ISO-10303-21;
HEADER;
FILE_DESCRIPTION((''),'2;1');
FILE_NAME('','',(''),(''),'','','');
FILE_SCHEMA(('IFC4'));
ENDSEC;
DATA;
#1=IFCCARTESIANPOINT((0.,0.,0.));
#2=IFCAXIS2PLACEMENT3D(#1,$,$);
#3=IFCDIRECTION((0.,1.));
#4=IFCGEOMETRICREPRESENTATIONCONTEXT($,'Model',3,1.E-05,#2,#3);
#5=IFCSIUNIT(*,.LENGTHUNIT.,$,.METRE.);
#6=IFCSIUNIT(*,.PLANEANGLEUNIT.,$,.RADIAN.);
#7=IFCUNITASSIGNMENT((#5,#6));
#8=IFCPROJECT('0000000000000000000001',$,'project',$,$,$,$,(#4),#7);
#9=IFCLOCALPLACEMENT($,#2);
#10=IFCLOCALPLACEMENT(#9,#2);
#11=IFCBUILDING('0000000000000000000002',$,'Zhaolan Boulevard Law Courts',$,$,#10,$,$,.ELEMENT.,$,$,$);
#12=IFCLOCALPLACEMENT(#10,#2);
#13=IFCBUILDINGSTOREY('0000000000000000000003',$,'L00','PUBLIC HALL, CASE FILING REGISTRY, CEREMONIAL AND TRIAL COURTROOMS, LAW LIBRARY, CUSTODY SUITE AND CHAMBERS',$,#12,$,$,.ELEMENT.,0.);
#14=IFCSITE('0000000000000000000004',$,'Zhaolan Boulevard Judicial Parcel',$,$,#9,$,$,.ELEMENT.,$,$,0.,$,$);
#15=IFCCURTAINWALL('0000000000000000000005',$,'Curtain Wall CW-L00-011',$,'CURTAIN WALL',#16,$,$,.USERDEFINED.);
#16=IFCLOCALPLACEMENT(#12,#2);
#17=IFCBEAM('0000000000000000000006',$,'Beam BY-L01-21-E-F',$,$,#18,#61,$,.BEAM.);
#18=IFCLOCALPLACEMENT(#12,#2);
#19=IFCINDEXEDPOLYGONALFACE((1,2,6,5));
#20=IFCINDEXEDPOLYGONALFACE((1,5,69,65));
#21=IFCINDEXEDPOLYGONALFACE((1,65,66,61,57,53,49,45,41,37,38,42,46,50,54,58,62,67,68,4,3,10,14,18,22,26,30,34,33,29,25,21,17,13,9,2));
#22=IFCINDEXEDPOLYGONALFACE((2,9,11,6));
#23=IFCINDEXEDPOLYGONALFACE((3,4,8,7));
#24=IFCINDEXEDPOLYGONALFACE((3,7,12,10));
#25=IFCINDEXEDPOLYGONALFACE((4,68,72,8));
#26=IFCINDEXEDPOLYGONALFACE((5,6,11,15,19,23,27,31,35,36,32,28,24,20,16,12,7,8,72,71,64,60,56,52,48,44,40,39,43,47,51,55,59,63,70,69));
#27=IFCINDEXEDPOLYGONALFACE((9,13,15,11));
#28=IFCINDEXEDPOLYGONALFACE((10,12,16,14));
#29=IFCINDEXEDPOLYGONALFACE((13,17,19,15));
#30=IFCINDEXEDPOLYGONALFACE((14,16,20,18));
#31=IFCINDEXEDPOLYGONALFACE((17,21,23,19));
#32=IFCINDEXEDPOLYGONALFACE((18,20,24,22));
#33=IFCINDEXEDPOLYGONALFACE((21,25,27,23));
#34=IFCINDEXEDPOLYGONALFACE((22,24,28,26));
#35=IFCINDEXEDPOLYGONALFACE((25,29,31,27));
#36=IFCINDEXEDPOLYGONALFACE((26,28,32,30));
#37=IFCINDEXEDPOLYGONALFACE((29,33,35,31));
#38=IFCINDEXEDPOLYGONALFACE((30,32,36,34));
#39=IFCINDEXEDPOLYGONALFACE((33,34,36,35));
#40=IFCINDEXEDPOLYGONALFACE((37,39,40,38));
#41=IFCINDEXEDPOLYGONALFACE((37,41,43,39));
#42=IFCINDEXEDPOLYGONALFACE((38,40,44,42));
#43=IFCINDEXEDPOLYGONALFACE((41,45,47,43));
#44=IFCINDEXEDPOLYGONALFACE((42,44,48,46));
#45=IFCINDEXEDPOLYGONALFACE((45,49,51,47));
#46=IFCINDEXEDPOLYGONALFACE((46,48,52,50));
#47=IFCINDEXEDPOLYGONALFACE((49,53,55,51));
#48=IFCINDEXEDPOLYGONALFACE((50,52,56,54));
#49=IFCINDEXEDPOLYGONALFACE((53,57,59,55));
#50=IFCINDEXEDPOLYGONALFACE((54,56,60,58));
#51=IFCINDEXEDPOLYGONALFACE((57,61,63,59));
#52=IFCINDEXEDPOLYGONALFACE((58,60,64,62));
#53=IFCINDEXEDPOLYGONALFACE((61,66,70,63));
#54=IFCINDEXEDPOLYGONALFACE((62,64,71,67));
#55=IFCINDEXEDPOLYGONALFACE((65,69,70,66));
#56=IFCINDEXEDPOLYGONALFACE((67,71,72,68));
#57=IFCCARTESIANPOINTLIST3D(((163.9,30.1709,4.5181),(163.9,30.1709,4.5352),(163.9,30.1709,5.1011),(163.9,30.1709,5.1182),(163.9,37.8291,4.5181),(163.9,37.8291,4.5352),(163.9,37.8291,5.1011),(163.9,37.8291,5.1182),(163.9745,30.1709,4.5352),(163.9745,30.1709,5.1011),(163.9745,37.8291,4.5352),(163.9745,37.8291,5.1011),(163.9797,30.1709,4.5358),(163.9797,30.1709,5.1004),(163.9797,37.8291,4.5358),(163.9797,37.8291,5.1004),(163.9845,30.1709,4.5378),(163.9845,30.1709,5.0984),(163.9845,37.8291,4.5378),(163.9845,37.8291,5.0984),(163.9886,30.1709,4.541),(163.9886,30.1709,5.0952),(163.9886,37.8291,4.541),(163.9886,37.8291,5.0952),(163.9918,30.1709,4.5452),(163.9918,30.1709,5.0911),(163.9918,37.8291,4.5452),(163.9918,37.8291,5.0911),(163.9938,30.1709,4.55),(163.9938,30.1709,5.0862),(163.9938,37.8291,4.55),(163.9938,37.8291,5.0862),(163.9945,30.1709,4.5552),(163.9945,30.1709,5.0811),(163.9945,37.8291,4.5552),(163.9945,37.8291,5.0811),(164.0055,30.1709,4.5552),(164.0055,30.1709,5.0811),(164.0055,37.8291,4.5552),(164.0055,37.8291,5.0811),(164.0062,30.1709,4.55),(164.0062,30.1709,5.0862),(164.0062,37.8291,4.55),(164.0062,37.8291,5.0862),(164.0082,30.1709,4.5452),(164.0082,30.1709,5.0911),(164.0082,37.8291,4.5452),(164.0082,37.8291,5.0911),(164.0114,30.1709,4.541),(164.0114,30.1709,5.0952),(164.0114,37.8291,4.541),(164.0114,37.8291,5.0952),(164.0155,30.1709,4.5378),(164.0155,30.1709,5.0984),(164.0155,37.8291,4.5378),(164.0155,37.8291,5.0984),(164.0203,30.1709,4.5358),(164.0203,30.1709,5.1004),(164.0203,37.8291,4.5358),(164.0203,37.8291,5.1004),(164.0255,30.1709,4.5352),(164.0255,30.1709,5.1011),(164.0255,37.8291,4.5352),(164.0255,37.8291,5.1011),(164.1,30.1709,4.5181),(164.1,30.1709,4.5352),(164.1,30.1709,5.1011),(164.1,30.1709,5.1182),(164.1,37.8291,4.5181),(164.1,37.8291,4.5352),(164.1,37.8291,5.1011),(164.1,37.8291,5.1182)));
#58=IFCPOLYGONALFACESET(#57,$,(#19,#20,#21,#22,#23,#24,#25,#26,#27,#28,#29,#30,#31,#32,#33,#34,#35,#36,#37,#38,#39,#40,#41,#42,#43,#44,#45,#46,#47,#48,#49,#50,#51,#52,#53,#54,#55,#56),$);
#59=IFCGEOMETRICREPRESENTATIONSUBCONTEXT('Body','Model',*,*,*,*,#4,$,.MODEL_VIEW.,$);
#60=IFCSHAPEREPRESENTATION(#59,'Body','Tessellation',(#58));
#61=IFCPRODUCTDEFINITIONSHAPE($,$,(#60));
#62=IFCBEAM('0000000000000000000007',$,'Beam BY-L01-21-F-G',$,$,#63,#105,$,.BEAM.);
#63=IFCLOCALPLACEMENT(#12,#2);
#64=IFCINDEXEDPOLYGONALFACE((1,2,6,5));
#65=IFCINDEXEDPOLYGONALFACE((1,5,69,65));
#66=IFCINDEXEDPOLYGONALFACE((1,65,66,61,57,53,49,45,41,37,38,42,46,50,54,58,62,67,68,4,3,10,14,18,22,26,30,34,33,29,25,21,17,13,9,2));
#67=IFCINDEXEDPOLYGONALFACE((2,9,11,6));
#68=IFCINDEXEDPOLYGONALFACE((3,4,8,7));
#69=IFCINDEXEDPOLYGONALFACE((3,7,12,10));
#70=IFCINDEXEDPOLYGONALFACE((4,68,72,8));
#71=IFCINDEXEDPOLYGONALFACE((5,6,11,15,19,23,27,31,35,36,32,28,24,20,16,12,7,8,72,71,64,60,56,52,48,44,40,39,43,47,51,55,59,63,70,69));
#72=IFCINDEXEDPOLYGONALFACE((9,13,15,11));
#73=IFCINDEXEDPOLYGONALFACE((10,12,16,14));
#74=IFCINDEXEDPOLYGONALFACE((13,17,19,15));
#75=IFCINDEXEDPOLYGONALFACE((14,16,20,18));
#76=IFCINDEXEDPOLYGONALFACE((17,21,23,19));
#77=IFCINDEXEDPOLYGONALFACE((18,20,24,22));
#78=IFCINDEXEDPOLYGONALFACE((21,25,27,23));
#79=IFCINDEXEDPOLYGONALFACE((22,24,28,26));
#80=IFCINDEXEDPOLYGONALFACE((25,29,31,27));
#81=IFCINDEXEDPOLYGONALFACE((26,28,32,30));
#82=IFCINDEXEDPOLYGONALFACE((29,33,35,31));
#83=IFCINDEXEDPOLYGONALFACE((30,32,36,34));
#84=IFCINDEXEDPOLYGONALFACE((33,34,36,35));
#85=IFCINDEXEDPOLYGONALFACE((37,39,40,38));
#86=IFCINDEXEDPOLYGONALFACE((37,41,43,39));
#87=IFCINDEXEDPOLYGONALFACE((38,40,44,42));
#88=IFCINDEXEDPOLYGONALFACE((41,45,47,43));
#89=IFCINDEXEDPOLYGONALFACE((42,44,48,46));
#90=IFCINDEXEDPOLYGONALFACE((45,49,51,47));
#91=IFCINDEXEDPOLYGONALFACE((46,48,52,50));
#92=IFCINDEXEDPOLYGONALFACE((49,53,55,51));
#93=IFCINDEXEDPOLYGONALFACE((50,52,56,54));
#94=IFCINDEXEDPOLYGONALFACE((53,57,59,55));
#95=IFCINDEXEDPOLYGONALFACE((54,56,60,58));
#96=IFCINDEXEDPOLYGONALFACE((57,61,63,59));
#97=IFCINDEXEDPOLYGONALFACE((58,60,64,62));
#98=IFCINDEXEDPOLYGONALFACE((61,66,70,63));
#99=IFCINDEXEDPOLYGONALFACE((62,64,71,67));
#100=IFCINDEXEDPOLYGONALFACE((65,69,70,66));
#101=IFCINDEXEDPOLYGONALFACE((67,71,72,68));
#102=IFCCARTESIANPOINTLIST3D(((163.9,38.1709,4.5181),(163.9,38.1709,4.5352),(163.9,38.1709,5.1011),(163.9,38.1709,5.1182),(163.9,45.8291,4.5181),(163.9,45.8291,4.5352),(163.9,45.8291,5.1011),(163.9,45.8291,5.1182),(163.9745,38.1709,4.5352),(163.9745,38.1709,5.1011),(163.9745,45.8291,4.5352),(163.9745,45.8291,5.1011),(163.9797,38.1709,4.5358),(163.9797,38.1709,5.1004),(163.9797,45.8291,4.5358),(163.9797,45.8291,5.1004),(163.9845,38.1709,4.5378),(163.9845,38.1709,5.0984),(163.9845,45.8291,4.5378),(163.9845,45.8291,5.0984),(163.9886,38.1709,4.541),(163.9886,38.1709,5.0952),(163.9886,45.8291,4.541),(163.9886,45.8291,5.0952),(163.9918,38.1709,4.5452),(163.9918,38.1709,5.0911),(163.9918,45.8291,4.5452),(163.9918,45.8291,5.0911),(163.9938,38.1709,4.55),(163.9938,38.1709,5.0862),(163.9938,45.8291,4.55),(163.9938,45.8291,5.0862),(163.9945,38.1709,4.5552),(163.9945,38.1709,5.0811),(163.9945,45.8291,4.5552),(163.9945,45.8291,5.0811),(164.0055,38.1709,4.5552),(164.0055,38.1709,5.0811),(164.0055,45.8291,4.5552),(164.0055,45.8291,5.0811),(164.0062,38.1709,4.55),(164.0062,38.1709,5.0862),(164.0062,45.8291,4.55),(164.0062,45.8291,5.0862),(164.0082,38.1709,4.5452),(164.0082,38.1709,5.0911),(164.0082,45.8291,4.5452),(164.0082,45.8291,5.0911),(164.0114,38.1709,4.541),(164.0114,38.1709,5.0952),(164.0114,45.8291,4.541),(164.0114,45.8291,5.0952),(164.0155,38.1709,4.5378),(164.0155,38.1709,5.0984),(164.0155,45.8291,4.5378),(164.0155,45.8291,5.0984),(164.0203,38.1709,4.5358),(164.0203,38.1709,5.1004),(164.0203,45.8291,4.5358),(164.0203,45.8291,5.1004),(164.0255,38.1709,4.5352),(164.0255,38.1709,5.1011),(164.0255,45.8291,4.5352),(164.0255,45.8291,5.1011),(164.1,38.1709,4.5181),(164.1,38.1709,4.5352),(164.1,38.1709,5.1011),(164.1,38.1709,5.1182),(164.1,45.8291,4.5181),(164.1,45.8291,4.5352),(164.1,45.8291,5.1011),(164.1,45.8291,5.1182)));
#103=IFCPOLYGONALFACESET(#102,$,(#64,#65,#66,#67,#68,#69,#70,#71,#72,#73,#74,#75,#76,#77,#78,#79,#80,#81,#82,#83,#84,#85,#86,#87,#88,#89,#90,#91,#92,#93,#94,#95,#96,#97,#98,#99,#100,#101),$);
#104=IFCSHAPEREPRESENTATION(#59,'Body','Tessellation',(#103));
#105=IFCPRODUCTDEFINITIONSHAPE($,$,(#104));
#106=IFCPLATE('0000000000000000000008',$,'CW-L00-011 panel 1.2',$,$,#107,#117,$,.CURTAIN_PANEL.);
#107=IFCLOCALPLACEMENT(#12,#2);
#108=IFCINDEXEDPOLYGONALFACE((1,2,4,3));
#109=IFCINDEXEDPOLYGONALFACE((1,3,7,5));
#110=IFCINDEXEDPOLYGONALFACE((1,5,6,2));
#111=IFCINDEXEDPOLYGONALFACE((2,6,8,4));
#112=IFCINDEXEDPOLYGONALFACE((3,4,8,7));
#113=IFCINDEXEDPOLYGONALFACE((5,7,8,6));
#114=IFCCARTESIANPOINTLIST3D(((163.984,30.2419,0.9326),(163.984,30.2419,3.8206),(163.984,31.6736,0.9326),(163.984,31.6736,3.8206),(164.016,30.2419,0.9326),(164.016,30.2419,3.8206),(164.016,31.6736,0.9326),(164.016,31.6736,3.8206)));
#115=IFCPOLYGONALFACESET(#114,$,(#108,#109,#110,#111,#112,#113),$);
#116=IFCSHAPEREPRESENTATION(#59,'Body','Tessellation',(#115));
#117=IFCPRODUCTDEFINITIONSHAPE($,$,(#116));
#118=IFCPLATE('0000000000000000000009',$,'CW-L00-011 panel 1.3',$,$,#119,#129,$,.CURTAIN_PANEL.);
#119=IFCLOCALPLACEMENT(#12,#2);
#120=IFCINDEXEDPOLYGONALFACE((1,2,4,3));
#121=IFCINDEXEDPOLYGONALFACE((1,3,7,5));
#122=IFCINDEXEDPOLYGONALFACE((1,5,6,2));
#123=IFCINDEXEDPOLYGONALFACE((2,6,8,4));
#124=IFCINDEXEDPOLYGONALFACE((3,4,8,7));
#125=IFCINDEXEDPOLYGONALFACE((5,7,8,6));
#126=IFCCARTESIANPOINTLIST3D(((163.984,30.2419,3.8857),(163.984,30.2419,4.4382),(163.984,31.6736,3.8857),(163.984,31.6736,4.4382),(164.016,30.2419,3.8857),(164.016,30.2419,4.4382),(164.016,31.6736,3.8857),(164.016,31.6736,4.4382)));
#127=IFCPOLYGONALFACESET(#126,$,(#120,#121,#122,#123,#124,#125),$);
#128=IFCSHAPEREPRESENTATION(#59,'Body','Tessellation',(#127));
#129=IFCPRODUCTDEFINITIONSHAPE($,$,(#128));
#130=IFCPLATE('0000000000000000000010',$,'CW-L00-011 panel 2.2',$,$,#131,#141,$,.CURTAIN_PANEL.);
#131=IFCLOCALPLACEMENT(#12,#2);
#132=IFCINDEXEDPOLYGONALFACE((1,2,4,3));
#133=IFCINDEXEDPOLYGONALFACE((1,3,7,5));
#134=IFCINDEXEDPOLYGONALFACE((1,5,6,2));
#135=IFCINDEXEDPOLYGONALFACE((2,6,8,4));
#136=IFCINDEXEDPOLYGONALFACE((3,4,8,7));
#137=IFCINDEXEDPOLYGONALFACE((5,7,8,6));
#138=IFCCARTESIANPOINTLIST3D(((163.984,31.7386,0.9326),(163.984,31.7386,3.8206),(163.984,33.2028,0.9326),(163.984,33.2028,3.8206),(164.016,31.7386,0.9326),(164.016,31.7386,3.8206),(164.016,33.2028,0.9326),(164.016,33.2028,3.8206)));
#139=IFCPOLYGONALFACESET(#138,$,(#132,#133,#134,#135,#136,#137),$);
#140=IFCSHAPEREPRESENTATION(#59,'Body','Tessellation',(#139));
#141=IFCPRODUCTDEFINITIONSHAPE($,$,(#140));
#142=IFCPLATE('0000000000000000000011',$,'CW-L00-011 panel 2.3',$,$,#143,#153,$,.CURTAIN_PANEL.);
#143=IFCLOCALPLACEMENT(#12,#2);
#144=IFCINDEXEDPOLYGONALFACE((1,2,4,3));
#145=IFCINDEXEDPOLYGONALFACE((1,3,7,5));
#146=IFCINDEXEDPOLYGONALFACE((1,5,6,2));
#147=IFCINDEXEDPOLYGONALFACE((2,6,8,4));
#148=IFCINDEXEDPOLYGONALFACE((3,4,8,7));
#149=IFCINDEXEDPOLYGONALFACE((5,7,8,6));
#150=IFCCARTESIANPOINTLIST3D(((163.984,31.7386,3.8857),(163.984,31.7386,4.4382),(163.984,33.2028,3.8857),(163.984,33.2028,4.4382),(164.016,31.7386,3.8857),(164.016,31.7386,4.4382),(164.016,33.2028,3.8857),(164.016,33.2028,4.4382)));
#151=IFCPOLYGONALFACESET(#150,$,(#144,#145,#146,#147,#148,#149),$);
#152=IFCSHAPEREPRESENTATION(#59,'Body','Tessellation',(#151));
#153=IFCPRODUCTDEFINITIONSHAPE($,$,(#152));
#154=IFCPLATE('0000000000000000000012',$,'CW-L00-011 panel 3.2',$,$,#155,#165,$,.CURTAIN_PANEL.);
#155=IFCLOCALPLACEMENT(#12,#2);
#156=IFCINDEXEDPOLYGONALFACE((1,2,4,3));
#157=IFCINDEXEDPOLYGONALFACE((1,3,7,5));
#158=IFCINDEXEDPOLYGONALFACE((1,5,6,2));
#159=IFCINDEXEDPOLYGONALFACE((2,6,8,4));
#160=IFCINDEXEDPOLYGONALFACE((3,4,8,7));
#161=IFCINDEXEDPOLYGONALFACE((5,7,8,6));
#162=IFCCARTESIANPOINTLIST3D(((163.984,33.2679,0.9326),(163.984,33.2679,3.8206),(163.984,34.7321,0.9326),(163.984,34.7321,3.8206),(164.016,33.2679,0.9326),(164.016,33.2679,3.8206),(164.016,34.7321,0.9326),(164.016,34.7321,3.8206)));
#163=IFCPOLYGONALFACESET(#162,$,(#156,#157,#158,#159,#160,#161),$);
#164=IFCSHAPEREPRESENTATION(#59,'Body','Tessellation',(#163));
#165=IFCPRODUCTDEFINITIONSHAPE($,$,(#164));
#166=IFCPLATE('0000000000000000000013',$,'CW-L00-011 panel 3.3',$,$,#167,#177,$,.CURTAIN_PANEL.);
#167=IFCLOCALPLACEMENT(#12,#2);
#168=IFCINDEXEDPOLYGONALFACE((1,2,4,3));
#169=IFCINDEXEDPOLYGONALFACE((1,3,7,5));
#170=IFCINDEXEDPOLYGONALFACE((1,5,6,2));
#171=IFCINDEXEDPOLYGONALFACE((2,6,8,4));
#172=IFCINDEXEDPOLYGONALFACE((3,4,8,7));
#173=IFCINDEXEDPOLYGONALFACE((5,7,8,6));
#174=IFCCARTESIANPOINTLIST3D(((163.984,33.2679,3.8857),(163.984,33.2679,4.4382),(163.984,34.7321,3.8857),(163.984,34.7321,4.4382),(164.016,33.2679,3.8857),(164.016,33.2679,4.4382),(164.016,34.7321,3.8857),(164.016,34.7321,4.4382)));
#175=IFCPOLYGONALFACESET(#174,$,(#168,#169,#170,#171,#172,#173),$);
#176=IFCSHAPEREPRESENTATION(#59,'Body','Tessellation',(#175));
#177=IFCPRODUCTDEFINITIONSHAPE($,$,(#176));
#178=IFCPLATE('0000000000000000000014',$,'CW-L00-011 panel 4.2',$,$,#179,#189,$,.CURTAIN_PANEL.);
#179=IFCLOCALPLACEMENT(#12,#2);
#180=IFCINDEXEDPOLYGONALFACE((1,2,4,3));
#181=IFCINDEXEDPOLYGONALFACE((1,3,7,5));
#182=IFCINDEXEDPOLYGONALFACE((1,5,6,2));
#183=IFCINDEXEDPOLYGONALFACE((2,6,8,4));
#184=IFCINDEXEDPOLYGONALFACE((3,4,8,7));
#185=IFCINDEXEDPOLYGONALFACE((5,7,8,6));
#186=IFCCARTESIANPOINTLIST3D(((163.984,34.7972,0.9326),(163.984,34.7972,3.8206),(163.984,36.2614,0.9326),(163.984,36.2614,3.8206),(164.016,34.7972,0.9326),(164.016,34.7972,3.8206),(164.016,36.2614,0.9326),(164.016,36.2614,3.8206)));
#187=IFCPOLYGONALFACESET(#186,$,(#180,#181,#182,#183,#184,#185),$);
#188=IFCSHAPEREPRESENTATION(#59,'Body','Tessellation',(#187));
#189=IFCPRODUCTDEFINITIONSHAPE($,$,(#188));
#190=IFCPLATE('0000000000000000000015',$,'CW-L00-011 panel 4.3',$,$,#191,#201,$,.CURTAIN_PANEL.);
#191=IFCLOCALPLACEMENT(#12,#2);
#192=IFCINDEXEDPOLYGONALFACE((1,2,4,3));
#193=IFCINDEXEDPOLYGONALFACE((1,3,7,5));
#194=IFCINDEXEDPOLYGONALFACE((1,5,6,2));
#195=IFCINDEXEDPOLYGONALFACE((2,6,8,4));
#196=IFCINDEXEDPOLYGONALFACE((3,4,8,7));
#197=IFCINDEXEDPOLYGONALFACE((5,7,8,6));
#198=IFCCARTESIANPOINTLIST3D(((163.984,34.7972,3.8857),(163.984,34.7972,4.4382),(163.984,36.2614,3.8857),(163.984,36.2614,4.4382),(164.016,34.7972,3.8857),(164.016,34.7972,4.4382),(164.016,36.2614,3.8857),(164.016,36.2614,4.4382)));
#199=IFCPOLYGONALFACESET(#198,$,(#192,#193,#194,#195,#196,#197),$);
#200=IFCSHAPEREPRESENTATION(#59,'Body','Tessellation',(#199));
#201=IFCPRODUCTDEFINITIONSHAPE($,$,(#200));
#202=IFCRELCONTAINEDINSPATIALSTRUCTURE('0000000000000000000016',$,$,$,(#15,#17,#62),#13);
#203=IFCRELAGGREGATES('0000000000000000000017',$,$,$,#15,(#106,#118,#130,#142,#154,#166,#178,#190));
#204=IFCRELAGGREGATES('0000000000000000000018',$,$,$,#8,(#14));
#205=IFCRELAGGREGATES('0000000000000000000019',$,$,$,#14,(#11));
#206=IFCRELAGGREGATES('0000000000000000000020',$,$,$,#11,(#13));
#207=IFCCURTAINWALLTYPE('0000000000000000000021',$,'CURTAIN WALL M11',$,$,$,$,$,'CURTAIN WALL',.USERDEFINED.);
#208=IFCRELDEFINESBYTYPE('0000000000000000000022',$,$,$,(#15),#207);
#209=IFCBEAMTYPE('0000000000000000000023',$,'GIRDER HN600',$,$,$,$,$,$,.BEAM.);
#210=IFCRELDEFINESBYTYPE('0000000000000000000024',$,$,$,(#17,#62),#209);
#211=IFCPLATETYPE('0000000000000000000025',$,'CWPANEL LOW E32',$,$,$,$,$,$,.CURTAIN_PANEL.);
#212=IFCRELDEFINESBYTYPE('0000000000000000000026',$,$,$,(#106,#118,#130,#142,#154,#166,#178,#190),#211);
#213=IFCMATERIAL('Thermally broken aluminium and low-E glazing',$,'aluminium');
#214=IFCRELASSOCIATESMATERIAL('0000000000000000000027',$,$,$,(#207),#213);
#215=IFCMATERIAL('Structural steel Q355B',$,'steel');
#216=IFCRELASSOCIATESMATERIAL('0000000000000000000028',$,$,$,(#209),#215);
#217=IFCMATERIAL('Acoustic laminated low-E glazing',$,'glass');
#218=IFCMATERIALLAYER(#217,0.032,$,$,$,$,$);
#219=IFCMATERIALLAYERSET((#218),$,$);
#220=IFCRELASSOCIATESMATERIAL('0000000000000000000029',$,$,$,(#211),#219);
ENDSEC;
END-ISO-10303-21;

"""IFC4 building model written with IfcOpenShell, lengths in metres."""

from ifc_helpers import new_model, si_unit, direction, frame, origin, origin_2d, place, context, subcontext, project, spatial, rectangle, i_section, extrude, material, layer, layer_set, material_profile, profile_set, type_object, element, aggregate, save


model = new_model("IFC4")

# Units and contexts
model_context = context("Model", 3, precision=1e-05, world=origin(), true_north=direction((0.0, 1.0)))
body_context = subcontext(model_context, "Body", "Model", "MODEL_VIEW")
ifc_project = project(units=[si_unit("LENGTHUNIT", "METRE"), si_unit("PLANEANGLEUNIT", "RADIAN")], contexts=[model_context])

# Site, building, storey
site_placement = place(None, origin())
site = spatial("IfcSite", under=ifc_project, at=site_placement, Name="Zhaolan Boulevard Judicial Parcel", CompositionType="ELEMENT", RefElevation=0.0)
building_placement = place(site_placement, origin())
building = spatial("IfcBuilding", under=site, at=building_placement, Name="Zhaolan Boulevard Law Courts", CompositionType="ELEMENT")
storey_placement = place(building_placement, origin())
storey = spatial("IfcBuildingStorey", under=building, at=storey_placement, Name="L00", Description="PUBLIC HALL, CASE FILING REGISTRY, CEREMONIAL AND TRIAL COURTROOMS, LAW LIBRARY, CUSTODY SUITE AND CHAMBERS", CompositionType="ELEMENT", Elevation=0.0)

# Curtain wall
ifc_material_1 = material(Name="Thermally broken aluminium and low-E glazing", Category="aluminium")
curtain_wall_type = type_object("IfcCurtainWallType", Name="CURTAIN WALL M11", ElementType="CURTAIN WALL", PredefinedType="USERDEFINED", material=ifc_material_1)
curtain_wall_placement = place(storey_placement, origin())
curtain_wall = element("IfcCurtainWall", 1, at=curtain_wall_placement, inside=storey, type_object=curtain_wall_type, Name="Curtain Wall CW-L00-011", ObjectType="CURTAIN WALL", PredefinedType="USERDEFINED")

# Beams
ifc_material_2 = material(Name="Structural steel Q355B", Category="steel")
ifc_material_profile_1 = material_profile(ifc_material_2, i_section(OverallWidth=0.2, OverallDepth=0.6001, WebThickness=0.011, FlangeThickness=0.0171, FilletRadius=0.02, at=origin_2d()), Name="HN600x200")
ifc_profile_set_1 = profile_set([ifc_material_profile_1], Name="Structural steel Q355B")
beam_type = type_object("IfcBeamType", Name="GIRDER HN600", PredefinedType="BEAM", material=ifc_profile_set_1)
for number, where, z_axis, x_axis, name in (
    (2, (164.0, 30.1709, 4.8181), (0.0, 1.0, 0.0), (-1.0, 0.0, 0.0), "Beam BY-L01-21-E-F"),
    (3, (164.0, 38.1709, 4.8181), (0.0, 1.0, 0.0), (-1.0, 0.0, 0.0), "Beam BY-L01-21-F-G"),
):
    element("IfcBeam", number, at=place(storey_placement, frame(where, z_axis=z_axis, x_axis=x_axis)), inside=storey, type_object=beam_type, Name=name, PredefinedType="BEAM", context=body_context, shape_type="SweptSolid", body=[
        extrude(i_section(OverallWidth=0.2, OverallDepth=0.6001, WebThickness=0.011, FlangeThickness=0.0171, FilletRadius=0.02, at=origin_2d()), origin(), (0.0, 0.0, 1.0), 7.6582),
    ])

# Plates
ifc_material_3 = material(Name="Acoustic laminated low-E glazing", Category="glass")
ifc_layer = layer(ifc_material_3, 0.032)
ifc_layer_set = layer_set([ifc_layer])
plate_type = type_object("IfcPlateType", Name="CWPANEL LOW E32", PredefinedType="CURTAIN_PANEL", material=ifc_layer_set)
plate_1_placement = place(storey_placement, frame((164.0, 30.9578, 0.9326), z_axis=(0.0, 0.0, 1.0), x_axis=(0.0, 1.0, 0.0)))
plate_1 = element("IfcPlate", 4, at=plate_1_placement, type_object=plate_type, Name="CW-L00-011 panel 1.2", PredefinedType="CURTAIN_PANEL", context=body_context, shape_type="SweptSolid", body=[
    extrude(rectangle(XDim=1.4316, YDim=0.032, at=origin_2d()), origin(), (0.0, 0.0, 1.0), 2.8879),
])
plate_2_placement = place(storey_placement, frame((164.0, 30.9578, 3.8857), z_axis=(0.0, 0.0, 1.0), x_axis=(0.0, 1.0, 0.0)))
plate_2 = element("IfcPlate", 5, at=plate_2_placement, type_object=plate_type, Name="CW-L00-011 panel 1.3", PredefinedType="CURTAIN_PANEL", context=body_context, shape_type="SweptSolid", body=[
    extrude(rectangle(XDim=1.4316, YDim=0.032, at=origin_2d()), origin(), (0.0, 0.0, 1.0), 0.5525),
])
plate_3_placement = place(storey_placement, frame((164.0, 32.4707, 0.9326), z_axis=(0.0, 0.0, 1.0), x_axis=(0.0, 1.0, 0.0)))
plate_3 = element("IfcPlate", 6, at=plate_3_placement, type_object=plate_type, Name="CW-L00-011 panel 2.2", PredefinedType="CURTAIN_PANEL", context=body_context, shape_type="SweptSolid", body=[
    extrude(rectangle(XDim=1.4641, YDim=0.032, at=origin_2d()), origin(), (0.0, 0.0, 1.0), 2.8879),
])
plate_4_placement = place(storey_placement, frame((164.0, 32.4707, 3.8857), z_axis=(0.0, 0.0, 1.0), x_axis=(0.0, 1.0, 0.0)))
plate_4 = element("IfcPlate", 7, at=plate_4_placement, type_object=plate_type, Name="CW-L00-011 panel 2.3", PredefinedType="CURTAIN_PANEL", context=body_context, shape_type="SweptSolid", body=[
    extrude(rectangle(XDim=1.4641, YDim=0.032, at=origin_2d()), origin(), (0.0, 0.0, 1.0), 0.5525),
])
plate_5_placement = place(storey_placement, frame((164.0, 34.0, 0.9326), z_axis=(0.0, 0.0, 1.0), x_axis=(0.0, 1.0, 0.0)))
plate_5 = element("IfcPlate", 8, at=plate_5_placement, type_object=plate_type, Name="CW-L00-011 panel 3.2", PredefinedType="CURTAIN_PANEL", context=body_context, shape_type="SweptSolid", body=[
    extrude(rectangle(XDim=1.4641, YDim=0.032, at=origin_2d()), origin(), (0.0, 0.0, 1.0), 2.8879),
])
plate_6_placement = place(storey_placement, frame((164.0, 34.0, 3.8857), z_axis=(0.0, 0.0, 1.0), x_axis=(0.0, 1.0, 0.0)))
plate_6 = element("IfcPlate", 9, at=plate_6_placement, type_object=plate_type, Name="CW-L00-011 panel 3.3", PredefinedType="CURTAIN_PANEL", context=body_context, shape_type="SweptSolid", body=[
    extrude(rectangle(XDim=1.4641, YDim=0.032, at=origin_2d()), origin(), (0.0, 0.0, 1.0), 0.5525),
])
plate_7_placement = place(storey_placement, frame((164.0, 35.5293, 0.9326), z_axis=(0.0, 0.0, 1.0), x_axis=(0.0, 1.0, 0.0)))
plate_7 = element("IfcPlate", 10, at=plate_7_placement, type_object=plate_type, Name="CW-L00-011 panel 4.2", PredefinedType="CURTAIN_PANEL", context=body_context, shape_type="SweptSolid", body=[
    extrude(rectangle(XDim=1.4641, YDim=0.032, at=origin_2d()), origin(), (0.0, 0.0, 1.0), 2.8879),
])
plate_8_placement = place(storey_placement, frame((164.0, 35.5293, 3.8857), z_axis=(0.0, 0.0, 1.0), x_axis=(0.0, 1.0, 0.0)))
plate_8 = element("IfcPlate", 11, at=plate_8_placement, type_object=plate_type, Name="CW-L00-011 panel 4.3", PredefinedType="CURTAIN_PANEL", context=body_context, shape_type="SweptSolid", body=[
    extrude(rectangle(XDim=1.4641, YDim=0.032, at=origin_2d()), origin(), (0.0, 0.0, 1.0), 0.5525),
])
aggregate(curtain_wall, [plate_1, plate_2, plate_3, plate_4, plate_5, plate_6, plate_7, plate_8])

save(model, "model.ifc")
